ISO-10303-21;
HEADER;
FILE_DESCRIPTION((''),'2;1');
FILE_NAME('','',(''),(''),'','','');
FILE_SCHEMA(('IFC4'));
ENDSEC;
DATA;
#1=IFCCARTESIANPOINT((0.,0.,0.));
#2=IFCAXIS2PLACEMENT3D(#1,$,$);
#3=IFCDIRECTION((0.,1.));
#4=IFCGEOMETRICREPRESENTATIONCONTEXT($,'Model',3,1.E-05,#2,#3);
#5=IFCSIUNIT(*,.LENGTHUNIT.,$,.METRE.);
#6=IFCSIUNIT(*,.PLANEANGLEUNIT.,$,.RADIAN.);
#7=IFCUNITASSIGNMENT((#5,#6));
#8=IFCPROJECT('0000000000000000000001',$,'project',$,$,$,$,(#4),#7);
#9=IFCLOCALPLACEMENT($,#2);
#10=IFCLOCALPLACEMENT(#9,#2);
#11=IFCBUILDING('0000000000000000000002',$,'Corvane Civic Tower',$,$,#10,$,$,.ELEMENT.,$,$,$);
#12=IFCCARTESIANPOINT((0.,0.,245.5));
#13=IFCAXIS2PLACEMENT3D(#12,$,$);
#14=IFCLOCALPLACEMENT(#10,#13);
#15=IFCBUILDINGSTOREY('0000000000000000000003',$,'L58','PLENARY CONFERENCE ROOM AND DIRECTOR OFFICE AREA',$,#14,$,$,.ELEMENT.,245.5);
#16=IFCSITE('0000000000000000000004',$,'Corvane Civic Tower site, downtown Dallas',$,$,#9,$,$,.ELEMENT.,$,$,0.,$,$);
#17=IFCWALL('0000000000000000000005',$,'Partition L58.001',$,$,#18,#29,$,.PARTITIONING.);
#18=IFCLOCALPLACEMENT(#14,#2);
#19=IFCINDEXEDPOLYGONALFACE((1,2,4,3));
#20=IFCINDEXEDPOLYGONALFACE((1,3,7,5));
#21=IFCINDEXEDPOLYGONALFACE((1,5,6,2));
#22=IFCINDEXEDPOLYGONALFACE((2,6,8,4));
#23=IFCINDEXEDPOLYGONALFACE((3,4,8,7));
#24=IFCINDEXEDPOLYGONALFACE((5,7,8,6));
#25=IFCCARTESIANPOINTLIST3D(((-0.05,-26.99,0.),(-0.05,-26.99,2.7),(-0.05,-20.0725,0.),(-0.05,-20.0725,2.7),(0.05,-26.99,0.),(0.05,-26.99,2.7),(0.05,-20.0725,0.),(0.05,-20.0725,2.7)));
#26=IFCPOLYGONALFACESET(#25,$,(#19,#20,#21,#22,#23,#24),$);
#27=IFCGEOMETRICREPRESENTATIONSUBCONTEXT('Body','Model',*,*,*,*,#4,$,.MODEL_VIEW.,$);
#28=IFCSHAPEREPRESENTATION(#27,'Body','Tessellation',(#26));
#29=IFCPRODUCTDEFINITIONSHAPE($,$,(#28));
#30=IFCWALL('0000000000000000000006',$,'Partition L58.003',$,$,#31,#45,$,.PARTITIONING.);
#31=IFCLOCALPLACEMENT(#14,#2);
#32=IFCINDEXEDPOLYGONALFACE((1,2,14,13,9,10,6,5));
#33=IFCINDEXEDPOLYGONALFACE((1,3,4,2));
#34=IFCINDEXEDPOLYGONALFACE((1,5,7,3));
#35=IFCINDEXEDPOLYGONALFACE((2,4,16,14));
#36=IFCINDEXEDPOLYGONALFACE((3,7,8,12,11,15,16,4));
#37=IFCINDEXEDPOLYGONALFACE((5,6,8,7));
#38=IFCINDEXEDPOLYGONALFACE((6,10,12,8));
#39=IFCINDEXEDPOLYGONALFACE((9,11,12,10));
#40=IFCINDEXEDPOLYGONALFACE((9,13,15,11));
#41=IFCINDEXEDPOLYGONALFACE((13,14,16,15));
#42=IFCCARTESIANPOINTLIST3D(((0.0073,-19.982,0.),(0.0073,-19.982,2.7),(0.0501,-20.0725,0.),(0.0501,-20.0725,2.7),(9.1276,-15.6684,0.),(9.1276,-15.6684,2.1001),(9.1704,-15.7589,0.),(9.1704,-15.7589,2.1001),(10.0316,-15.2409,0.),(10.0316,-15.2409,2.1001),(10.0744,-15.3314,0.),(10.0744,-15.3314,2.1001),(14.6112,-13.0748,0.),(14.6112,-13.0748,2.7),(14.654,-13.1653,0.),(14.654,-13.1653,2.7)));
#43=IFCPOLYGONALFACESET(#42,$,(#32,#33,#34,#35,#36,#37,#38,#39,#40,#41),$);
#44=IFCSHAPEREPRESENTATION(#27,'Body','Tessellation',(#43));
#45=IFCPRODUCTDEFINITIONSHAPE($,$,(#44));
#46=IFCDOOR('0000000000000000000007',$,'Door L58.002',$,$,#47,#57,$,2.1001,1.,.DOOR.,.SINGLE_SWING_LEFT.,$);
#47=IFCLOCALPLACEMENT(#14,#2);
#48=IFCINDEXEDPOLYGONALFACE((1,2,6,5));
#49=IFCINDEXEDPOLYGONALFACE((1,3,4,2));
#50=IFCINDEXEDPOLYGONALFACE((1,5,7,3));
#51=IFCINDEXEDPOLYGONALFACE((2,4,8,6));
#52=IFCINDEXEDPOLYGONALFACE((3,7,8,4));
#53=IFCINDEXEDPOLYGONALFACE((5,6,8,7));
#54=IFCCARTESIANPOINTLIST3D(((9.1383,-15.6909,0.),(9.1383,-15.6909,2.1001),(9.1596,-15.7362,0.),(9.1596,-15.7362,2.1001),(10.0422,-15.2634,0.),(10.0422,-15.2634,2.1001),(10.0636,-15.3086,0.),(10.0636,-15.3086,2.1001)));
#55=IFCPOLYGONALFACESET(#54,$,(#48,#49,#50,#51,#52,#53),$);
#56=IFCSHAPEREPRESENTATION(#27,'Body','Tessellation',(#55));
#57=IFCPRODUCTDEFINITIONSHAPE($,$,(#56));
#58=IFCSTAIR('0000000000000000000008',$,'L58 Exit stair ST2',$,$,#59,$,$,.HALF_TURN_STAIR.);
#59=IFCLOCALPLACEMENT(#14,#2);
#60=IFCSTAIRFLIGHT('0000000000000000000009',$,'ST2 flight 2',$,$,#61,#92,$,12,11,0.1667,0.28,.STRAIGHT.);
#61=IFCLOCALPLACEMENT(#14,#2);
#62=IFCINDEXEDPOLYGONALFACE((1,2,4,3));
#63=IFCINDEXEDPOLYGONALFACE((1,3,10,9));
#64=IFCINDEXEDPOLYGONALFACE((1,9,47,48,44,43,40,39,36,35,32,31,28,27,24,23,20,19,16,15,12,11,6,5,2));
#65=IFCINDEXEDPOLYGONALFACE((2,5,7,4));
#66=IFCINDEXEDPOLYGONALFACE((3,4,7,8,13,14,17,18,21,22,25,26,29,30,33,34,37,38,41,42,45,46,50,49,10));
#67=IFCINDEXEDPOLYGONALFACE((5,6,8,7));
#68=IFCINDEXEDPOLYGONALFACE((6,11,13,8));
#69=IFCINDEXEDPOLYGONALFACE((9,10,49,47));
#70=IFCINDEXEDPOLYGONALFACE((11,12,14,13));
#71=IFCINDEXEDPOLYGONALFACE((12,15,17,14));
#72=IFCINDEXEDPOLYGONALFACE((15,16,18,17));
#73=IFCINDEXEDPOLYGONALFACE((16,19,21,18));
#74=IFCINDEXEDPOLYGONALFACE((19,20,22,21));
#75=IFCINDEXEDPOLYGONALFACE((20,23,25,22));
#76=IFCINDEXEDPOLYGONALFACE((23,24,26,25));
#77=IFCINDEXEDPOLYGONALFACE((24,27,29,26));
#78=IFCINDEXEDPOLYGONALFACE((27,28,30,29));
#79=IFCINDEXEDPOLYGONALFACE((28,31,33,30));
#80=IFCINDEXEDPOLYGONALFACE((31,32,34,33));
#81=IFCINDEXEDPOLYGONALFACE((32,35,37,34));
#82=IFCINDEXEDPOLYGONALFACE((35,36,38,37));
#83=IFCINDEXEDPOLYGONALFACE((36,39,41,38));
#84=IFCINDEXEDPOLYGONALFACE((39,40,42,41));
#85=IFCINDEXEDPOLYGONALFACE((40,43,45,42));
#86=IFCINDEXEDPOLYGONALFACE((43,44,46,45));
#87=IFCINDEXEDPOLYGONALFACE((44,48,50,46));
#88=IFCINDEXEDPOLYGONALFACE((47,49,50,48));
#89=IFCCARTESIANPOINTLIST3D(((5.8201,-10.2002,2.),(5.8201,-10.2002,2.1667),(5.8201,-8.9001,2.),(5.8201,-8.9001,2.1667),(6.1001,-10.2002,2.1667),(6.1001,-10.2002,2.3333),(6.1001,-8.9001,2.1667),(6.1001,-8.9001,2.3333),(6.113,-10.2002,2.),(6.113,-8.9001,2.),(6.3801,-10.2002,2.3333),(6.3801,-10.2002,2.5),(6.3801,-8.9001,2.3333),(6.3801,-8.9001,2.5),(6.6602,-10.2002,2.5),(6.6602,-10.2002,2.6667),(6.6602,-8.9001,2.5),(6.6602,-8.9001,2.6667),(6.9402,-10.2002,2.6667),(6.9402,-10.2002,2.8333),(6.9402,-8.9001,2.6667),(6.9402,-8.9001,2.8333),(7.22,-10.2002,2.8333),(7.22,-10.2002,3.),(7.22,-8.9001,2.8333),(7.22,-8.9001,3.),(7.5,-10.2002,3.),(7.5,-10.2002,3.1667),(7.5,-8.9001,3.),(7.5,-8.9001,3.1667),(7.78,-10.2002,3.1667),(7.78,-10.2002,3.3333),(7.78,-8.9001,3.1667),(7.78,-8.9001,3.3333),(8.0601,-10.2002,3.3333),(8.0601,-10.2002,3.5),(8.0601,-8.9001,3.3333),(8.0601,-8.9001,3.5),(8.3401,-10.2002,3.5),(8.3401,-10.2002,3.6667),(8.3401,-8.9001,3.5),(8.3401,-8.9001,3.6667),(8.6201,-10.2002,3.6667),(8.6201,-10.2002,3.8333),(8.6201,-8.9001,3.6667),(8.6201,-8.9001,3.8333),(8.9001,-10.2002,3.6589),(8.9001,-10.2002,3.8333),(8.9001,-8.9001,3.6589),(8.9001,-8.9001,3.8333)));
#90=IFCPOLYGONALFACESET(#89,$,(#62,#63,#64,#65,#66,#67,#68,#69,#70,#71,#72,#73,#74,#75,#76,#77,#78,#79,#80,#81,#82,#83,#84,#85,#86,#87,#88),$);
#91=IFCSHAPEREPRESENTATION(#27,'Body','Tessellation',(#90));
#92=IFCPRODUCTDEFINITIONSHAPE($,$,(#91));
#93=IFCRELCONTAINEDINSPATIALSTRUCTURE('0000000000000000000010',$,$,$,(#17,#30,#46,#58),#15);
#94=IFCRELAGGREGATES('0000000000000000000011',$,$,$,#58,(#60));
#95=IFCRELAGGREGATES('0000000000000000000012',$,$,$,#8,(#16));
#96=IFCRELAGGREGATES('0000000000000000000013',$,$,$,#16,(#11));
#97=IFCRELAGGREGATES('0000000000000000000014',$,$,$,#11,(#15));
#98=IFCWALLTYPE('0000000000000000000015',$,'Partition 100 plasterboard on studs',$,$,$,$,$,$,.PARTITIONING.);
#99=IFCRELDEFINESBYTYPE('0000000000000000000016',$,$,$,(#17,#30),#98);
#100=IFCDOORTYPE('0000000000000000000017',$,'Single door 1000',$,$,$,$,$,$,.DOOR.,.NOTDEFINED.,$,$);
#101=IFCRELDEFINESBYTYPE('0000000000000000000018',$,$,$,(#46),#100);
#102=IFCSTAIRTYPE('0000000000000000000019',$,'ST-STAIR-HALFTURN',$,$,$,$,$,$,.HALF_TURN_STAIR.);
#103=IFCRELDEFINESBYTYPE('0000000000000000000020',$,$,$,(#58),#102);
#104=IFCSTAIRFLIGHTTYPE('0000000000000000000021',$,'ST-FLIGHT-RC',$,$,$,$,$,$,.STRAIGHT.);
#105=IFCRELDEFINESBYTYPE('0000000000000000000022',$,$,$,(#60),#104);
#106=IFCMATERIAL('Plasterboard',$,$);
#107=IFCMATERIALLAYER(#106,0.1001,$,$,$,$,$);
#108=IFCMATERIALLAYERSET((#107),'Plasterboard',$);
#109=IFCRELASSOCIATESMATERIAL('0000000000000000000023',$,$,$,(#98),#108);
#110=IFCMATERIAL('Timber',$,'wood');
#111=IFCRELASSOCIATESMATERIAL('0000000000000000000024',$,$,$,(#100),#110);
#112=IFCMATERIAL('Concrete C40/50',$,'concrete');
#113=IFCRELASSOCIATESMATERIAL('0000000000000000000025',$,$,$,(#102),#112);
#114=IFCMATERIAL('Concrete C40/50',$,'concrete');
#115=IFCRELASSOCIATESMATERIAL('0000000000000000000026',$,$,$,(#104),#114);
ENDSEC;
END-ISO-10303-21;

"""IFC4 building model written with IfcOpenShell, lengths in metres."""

from ifc_helpers import new_model, si_unit, direction, frame, frame_2d, origin, place, context, subcontext, project, spatial, polyline, rectangle, outline, extrude, material, layer, layer_set, type_object, element, fill, aggregate, save


model = new_model("IFC4")

# Units and contexts
model_context = context("Model", 3, precision=1e-05, world=origin(), true_north=direction((0.0, 1.0)))
body_context = subcontext(model_context, "Body", "Model", "MODEL_VIEW")
ifc_project = project(units=[si_unit("LENGTHUNIT", "METRE"), si_unit("PLANEANGLEUNIT", "RADIAN")], contexts=[model_context])

# Site, building, storey
site_placement = place(None, origin())
site = spatial("IfcSite", under=ifc_project, at=site_placement, Name="Corvane Civic Tower site, downtown Dallas", CompositionType="ELEMENT", RefElevation=0.0)
building_placement = place(site_placement, origin())
building = spatial("IfcBuilding", under=site, at=building_placement, Name="Corvane Civic Tower", CompositionType="ELEMENT")
storey_placement = place(building_placement, frame((0.0, 0.0, 245.5)))
storey = spatial("IfcBuildingStorey", under=building, at=storey_placement, Name="L58", Description="PLENARY CONFERENCE ROOM AND DIRECTOR OFFICE AREA", CompositionType="ELEMENT", Elevation=245.5)

# Wall
ifc_material_1 = material(Name="Plasterboard")
ifc_layer_1 = layer(ifc_material_1, 0.1001)
ifc_layer_set_1 = layer_set([ifc_layer_1], Name="Plasterboard")
wall_type_1 = type_object("IfcWallType", Name="Partition 100 plasterboard on studs", PredefinedType="PARTITIONING", material=ifc_layer_set_1)
wall_1_placement = place(storey_placement, frame((0.0, -26.99, 0.0), z_axis=(0.0, 0.0, 1.0), x_axis=(0.0, 1.0, 0.0)))
element("IfcWall", 1, at=wall_1_placement, inside=storey, type_object=wall_type_1, Name="Partition L58.001", PredefinedType="PARTITIONING", context=body_context, shape_type="SweptSolid", body=[
    extrude(rectangle(XDim=6.9175, YDim=0.1001, at=frame_2d((3.4587, 0.0))), origin(), (0.0, 0.0, 1.0), 2.7),
])

# Wall, opening, door
wall_2_placement = place(storey_placement, frame((0.0286, -20.0273, 0.0), z_axis=(0.0, 0.0, 1.0), x_axis=(0.903988, 0.427557, 0.0)))
wall_2 = element("IfcWall", 2, at=wall_2_placement, inside=storey, type_object=wall_type_1, Name="Partition L58.003", PredefinedType="PARTITIONING", context=body_context, shape_type="SweptSolid", body=[
    extrude(rectangle(XDim=16.155, YDim=0.1001, at=frame_2d((8.0776, 0.0))), origin(), (0.0, 0.0, 1.0), 2.7),
])
opening_1_placement = place(wall_2_placement, frame((10.0891, 0.0, 0.0)))
opening_1 = element("IfcOpeningElement", 3, at=opening_1_placement, cuts=wall_2, PredefinedType="OPENING", context=body_context, shape_type="SweptSolid", body=[
    extrude(rectangle(XDim=1.0, YDim=2.1001, at=frame_2d((0.5, 1.05))), frame((0.0, 0.0601, 0.0), z_axis=(0.0, -1.0, 0.0), x_axis=(1.0, 0.0, 0.0)), (0.0, 0.0, 1.0), 0.1201),
])
ifc_material_2 = material(Name="Timber", Category="wood")
door_type_1 = type_object("IfcDoorType", Name="Single door 1000", OperationType="NOTDEFINED", PredefinedType="DOOR", material=ifc_material_2)
door_1_placement = place(opening_1_placement, frame((1.0, 0.0, 0.0), z_axis=(0.0, 0.0, 1.0), x_axis=(-1.0, 0.0, 0.0)))
door_1 = element("IfcDoor", 4, at=door_1_placement, inside=storey, type_object=door_type_1, Name="Door L58.002", OperationType="SINGLE_SWING_LEFT", OverallHeight=2.1001, OverallWidth=1.0, PredefinedType="DOOR", context=body_context, shape_type="SweptSolid", body=[
    extrude(rectangle(XDim=1.0, YDim=2.1001, at=frame_2d((0.5, 1.05))), frame((0.0, 0.0249, 0.0), z_axis=(0.0, -1.0, 0.0), x_axis=(1.0, 0.0, 0.0)), (0.0, 0.0, 1.0), 0.05),
])
fill(opening_1, door_1)

# Stair, stair flight
ifc_material_3 = material(Name="Concrete C40/50", Category="concrete")
stair_type = type_object("IfcStairType", Name="ST-STAIR-HALFTURN", PredefinedType="HALF_TURN_STAIR", material=ifc_material_3)
stair_placement = place(storey_placement, origin())
stair = element("IfcStair", 5, at=stair_placement, inside=storey, type_object=stair_type, Name="L58 Exit stair ST2", PredefinedType="HALF_TURN_STAIR")
ifc_material_4 = material(Name="Concrete C40/50", Category="concrete")
stair_flight_type = type_object("IfcStairFlightType", Name="ST-FLIGHT-RC", PredefinedType="STRAIGHT", material=ifc_material_4)
stair_flight_placement = place(storey_placement, frame((5.8201, -9.55, 2.0), z_axis=(0.0, 0.0, 1.0), x_axis=(1.0, 0.0, 0.0)))
stair_flight = element("IfcStairFlight", 6, at=stair_flight_placement, type_object=stair_flight_type, Name="ST2 flight 2", NumberOfRisers=12, NumberOfTreads=11, PredefinedType="STRAIGHT", RiserHeight=0.1667, TreadLength=0.28, context=body_context, shape_type="SweptSolid", body=[
    extrude(outline(polyline([(0.0, 0.0), (0.0, 0.1667), (0.28, 0.1667), (0.28, 0.3333), (0.5601, 0.3333), (0.5601, 0.5), (0.8401, 0.5), (0.8401, 0.6667), (1.1201, 0.6667), (1.1201, 0.8333), (1.3999, 0.8333), (1.3999, 1.0), (1.6799, 1.0), (1.6799, 1.1667), (1.96, 1.1667), (1.96, 1.3333), (2.24, 1.3333), (2.24, 1.5), (2.52, 1.5), (2.52, 1.6667), (2.8, 1.6667), (2.8, 1.8333), (3.0801, 1.8333), (3.0801, 2.0), (3.0801, 1.6589), (0.293, 0.0), (0.0, 0.0)])), frame((0.0, 0.6499, 0.0), z_axis=(0.0, -1.0, 0.0), x_axis=(1.0, 0.0, 0.0)), (0.0, 0.0, 1.0), 1.3),
])
aggregate(stair, [stair_flight])

save(model, "model.ifc")
